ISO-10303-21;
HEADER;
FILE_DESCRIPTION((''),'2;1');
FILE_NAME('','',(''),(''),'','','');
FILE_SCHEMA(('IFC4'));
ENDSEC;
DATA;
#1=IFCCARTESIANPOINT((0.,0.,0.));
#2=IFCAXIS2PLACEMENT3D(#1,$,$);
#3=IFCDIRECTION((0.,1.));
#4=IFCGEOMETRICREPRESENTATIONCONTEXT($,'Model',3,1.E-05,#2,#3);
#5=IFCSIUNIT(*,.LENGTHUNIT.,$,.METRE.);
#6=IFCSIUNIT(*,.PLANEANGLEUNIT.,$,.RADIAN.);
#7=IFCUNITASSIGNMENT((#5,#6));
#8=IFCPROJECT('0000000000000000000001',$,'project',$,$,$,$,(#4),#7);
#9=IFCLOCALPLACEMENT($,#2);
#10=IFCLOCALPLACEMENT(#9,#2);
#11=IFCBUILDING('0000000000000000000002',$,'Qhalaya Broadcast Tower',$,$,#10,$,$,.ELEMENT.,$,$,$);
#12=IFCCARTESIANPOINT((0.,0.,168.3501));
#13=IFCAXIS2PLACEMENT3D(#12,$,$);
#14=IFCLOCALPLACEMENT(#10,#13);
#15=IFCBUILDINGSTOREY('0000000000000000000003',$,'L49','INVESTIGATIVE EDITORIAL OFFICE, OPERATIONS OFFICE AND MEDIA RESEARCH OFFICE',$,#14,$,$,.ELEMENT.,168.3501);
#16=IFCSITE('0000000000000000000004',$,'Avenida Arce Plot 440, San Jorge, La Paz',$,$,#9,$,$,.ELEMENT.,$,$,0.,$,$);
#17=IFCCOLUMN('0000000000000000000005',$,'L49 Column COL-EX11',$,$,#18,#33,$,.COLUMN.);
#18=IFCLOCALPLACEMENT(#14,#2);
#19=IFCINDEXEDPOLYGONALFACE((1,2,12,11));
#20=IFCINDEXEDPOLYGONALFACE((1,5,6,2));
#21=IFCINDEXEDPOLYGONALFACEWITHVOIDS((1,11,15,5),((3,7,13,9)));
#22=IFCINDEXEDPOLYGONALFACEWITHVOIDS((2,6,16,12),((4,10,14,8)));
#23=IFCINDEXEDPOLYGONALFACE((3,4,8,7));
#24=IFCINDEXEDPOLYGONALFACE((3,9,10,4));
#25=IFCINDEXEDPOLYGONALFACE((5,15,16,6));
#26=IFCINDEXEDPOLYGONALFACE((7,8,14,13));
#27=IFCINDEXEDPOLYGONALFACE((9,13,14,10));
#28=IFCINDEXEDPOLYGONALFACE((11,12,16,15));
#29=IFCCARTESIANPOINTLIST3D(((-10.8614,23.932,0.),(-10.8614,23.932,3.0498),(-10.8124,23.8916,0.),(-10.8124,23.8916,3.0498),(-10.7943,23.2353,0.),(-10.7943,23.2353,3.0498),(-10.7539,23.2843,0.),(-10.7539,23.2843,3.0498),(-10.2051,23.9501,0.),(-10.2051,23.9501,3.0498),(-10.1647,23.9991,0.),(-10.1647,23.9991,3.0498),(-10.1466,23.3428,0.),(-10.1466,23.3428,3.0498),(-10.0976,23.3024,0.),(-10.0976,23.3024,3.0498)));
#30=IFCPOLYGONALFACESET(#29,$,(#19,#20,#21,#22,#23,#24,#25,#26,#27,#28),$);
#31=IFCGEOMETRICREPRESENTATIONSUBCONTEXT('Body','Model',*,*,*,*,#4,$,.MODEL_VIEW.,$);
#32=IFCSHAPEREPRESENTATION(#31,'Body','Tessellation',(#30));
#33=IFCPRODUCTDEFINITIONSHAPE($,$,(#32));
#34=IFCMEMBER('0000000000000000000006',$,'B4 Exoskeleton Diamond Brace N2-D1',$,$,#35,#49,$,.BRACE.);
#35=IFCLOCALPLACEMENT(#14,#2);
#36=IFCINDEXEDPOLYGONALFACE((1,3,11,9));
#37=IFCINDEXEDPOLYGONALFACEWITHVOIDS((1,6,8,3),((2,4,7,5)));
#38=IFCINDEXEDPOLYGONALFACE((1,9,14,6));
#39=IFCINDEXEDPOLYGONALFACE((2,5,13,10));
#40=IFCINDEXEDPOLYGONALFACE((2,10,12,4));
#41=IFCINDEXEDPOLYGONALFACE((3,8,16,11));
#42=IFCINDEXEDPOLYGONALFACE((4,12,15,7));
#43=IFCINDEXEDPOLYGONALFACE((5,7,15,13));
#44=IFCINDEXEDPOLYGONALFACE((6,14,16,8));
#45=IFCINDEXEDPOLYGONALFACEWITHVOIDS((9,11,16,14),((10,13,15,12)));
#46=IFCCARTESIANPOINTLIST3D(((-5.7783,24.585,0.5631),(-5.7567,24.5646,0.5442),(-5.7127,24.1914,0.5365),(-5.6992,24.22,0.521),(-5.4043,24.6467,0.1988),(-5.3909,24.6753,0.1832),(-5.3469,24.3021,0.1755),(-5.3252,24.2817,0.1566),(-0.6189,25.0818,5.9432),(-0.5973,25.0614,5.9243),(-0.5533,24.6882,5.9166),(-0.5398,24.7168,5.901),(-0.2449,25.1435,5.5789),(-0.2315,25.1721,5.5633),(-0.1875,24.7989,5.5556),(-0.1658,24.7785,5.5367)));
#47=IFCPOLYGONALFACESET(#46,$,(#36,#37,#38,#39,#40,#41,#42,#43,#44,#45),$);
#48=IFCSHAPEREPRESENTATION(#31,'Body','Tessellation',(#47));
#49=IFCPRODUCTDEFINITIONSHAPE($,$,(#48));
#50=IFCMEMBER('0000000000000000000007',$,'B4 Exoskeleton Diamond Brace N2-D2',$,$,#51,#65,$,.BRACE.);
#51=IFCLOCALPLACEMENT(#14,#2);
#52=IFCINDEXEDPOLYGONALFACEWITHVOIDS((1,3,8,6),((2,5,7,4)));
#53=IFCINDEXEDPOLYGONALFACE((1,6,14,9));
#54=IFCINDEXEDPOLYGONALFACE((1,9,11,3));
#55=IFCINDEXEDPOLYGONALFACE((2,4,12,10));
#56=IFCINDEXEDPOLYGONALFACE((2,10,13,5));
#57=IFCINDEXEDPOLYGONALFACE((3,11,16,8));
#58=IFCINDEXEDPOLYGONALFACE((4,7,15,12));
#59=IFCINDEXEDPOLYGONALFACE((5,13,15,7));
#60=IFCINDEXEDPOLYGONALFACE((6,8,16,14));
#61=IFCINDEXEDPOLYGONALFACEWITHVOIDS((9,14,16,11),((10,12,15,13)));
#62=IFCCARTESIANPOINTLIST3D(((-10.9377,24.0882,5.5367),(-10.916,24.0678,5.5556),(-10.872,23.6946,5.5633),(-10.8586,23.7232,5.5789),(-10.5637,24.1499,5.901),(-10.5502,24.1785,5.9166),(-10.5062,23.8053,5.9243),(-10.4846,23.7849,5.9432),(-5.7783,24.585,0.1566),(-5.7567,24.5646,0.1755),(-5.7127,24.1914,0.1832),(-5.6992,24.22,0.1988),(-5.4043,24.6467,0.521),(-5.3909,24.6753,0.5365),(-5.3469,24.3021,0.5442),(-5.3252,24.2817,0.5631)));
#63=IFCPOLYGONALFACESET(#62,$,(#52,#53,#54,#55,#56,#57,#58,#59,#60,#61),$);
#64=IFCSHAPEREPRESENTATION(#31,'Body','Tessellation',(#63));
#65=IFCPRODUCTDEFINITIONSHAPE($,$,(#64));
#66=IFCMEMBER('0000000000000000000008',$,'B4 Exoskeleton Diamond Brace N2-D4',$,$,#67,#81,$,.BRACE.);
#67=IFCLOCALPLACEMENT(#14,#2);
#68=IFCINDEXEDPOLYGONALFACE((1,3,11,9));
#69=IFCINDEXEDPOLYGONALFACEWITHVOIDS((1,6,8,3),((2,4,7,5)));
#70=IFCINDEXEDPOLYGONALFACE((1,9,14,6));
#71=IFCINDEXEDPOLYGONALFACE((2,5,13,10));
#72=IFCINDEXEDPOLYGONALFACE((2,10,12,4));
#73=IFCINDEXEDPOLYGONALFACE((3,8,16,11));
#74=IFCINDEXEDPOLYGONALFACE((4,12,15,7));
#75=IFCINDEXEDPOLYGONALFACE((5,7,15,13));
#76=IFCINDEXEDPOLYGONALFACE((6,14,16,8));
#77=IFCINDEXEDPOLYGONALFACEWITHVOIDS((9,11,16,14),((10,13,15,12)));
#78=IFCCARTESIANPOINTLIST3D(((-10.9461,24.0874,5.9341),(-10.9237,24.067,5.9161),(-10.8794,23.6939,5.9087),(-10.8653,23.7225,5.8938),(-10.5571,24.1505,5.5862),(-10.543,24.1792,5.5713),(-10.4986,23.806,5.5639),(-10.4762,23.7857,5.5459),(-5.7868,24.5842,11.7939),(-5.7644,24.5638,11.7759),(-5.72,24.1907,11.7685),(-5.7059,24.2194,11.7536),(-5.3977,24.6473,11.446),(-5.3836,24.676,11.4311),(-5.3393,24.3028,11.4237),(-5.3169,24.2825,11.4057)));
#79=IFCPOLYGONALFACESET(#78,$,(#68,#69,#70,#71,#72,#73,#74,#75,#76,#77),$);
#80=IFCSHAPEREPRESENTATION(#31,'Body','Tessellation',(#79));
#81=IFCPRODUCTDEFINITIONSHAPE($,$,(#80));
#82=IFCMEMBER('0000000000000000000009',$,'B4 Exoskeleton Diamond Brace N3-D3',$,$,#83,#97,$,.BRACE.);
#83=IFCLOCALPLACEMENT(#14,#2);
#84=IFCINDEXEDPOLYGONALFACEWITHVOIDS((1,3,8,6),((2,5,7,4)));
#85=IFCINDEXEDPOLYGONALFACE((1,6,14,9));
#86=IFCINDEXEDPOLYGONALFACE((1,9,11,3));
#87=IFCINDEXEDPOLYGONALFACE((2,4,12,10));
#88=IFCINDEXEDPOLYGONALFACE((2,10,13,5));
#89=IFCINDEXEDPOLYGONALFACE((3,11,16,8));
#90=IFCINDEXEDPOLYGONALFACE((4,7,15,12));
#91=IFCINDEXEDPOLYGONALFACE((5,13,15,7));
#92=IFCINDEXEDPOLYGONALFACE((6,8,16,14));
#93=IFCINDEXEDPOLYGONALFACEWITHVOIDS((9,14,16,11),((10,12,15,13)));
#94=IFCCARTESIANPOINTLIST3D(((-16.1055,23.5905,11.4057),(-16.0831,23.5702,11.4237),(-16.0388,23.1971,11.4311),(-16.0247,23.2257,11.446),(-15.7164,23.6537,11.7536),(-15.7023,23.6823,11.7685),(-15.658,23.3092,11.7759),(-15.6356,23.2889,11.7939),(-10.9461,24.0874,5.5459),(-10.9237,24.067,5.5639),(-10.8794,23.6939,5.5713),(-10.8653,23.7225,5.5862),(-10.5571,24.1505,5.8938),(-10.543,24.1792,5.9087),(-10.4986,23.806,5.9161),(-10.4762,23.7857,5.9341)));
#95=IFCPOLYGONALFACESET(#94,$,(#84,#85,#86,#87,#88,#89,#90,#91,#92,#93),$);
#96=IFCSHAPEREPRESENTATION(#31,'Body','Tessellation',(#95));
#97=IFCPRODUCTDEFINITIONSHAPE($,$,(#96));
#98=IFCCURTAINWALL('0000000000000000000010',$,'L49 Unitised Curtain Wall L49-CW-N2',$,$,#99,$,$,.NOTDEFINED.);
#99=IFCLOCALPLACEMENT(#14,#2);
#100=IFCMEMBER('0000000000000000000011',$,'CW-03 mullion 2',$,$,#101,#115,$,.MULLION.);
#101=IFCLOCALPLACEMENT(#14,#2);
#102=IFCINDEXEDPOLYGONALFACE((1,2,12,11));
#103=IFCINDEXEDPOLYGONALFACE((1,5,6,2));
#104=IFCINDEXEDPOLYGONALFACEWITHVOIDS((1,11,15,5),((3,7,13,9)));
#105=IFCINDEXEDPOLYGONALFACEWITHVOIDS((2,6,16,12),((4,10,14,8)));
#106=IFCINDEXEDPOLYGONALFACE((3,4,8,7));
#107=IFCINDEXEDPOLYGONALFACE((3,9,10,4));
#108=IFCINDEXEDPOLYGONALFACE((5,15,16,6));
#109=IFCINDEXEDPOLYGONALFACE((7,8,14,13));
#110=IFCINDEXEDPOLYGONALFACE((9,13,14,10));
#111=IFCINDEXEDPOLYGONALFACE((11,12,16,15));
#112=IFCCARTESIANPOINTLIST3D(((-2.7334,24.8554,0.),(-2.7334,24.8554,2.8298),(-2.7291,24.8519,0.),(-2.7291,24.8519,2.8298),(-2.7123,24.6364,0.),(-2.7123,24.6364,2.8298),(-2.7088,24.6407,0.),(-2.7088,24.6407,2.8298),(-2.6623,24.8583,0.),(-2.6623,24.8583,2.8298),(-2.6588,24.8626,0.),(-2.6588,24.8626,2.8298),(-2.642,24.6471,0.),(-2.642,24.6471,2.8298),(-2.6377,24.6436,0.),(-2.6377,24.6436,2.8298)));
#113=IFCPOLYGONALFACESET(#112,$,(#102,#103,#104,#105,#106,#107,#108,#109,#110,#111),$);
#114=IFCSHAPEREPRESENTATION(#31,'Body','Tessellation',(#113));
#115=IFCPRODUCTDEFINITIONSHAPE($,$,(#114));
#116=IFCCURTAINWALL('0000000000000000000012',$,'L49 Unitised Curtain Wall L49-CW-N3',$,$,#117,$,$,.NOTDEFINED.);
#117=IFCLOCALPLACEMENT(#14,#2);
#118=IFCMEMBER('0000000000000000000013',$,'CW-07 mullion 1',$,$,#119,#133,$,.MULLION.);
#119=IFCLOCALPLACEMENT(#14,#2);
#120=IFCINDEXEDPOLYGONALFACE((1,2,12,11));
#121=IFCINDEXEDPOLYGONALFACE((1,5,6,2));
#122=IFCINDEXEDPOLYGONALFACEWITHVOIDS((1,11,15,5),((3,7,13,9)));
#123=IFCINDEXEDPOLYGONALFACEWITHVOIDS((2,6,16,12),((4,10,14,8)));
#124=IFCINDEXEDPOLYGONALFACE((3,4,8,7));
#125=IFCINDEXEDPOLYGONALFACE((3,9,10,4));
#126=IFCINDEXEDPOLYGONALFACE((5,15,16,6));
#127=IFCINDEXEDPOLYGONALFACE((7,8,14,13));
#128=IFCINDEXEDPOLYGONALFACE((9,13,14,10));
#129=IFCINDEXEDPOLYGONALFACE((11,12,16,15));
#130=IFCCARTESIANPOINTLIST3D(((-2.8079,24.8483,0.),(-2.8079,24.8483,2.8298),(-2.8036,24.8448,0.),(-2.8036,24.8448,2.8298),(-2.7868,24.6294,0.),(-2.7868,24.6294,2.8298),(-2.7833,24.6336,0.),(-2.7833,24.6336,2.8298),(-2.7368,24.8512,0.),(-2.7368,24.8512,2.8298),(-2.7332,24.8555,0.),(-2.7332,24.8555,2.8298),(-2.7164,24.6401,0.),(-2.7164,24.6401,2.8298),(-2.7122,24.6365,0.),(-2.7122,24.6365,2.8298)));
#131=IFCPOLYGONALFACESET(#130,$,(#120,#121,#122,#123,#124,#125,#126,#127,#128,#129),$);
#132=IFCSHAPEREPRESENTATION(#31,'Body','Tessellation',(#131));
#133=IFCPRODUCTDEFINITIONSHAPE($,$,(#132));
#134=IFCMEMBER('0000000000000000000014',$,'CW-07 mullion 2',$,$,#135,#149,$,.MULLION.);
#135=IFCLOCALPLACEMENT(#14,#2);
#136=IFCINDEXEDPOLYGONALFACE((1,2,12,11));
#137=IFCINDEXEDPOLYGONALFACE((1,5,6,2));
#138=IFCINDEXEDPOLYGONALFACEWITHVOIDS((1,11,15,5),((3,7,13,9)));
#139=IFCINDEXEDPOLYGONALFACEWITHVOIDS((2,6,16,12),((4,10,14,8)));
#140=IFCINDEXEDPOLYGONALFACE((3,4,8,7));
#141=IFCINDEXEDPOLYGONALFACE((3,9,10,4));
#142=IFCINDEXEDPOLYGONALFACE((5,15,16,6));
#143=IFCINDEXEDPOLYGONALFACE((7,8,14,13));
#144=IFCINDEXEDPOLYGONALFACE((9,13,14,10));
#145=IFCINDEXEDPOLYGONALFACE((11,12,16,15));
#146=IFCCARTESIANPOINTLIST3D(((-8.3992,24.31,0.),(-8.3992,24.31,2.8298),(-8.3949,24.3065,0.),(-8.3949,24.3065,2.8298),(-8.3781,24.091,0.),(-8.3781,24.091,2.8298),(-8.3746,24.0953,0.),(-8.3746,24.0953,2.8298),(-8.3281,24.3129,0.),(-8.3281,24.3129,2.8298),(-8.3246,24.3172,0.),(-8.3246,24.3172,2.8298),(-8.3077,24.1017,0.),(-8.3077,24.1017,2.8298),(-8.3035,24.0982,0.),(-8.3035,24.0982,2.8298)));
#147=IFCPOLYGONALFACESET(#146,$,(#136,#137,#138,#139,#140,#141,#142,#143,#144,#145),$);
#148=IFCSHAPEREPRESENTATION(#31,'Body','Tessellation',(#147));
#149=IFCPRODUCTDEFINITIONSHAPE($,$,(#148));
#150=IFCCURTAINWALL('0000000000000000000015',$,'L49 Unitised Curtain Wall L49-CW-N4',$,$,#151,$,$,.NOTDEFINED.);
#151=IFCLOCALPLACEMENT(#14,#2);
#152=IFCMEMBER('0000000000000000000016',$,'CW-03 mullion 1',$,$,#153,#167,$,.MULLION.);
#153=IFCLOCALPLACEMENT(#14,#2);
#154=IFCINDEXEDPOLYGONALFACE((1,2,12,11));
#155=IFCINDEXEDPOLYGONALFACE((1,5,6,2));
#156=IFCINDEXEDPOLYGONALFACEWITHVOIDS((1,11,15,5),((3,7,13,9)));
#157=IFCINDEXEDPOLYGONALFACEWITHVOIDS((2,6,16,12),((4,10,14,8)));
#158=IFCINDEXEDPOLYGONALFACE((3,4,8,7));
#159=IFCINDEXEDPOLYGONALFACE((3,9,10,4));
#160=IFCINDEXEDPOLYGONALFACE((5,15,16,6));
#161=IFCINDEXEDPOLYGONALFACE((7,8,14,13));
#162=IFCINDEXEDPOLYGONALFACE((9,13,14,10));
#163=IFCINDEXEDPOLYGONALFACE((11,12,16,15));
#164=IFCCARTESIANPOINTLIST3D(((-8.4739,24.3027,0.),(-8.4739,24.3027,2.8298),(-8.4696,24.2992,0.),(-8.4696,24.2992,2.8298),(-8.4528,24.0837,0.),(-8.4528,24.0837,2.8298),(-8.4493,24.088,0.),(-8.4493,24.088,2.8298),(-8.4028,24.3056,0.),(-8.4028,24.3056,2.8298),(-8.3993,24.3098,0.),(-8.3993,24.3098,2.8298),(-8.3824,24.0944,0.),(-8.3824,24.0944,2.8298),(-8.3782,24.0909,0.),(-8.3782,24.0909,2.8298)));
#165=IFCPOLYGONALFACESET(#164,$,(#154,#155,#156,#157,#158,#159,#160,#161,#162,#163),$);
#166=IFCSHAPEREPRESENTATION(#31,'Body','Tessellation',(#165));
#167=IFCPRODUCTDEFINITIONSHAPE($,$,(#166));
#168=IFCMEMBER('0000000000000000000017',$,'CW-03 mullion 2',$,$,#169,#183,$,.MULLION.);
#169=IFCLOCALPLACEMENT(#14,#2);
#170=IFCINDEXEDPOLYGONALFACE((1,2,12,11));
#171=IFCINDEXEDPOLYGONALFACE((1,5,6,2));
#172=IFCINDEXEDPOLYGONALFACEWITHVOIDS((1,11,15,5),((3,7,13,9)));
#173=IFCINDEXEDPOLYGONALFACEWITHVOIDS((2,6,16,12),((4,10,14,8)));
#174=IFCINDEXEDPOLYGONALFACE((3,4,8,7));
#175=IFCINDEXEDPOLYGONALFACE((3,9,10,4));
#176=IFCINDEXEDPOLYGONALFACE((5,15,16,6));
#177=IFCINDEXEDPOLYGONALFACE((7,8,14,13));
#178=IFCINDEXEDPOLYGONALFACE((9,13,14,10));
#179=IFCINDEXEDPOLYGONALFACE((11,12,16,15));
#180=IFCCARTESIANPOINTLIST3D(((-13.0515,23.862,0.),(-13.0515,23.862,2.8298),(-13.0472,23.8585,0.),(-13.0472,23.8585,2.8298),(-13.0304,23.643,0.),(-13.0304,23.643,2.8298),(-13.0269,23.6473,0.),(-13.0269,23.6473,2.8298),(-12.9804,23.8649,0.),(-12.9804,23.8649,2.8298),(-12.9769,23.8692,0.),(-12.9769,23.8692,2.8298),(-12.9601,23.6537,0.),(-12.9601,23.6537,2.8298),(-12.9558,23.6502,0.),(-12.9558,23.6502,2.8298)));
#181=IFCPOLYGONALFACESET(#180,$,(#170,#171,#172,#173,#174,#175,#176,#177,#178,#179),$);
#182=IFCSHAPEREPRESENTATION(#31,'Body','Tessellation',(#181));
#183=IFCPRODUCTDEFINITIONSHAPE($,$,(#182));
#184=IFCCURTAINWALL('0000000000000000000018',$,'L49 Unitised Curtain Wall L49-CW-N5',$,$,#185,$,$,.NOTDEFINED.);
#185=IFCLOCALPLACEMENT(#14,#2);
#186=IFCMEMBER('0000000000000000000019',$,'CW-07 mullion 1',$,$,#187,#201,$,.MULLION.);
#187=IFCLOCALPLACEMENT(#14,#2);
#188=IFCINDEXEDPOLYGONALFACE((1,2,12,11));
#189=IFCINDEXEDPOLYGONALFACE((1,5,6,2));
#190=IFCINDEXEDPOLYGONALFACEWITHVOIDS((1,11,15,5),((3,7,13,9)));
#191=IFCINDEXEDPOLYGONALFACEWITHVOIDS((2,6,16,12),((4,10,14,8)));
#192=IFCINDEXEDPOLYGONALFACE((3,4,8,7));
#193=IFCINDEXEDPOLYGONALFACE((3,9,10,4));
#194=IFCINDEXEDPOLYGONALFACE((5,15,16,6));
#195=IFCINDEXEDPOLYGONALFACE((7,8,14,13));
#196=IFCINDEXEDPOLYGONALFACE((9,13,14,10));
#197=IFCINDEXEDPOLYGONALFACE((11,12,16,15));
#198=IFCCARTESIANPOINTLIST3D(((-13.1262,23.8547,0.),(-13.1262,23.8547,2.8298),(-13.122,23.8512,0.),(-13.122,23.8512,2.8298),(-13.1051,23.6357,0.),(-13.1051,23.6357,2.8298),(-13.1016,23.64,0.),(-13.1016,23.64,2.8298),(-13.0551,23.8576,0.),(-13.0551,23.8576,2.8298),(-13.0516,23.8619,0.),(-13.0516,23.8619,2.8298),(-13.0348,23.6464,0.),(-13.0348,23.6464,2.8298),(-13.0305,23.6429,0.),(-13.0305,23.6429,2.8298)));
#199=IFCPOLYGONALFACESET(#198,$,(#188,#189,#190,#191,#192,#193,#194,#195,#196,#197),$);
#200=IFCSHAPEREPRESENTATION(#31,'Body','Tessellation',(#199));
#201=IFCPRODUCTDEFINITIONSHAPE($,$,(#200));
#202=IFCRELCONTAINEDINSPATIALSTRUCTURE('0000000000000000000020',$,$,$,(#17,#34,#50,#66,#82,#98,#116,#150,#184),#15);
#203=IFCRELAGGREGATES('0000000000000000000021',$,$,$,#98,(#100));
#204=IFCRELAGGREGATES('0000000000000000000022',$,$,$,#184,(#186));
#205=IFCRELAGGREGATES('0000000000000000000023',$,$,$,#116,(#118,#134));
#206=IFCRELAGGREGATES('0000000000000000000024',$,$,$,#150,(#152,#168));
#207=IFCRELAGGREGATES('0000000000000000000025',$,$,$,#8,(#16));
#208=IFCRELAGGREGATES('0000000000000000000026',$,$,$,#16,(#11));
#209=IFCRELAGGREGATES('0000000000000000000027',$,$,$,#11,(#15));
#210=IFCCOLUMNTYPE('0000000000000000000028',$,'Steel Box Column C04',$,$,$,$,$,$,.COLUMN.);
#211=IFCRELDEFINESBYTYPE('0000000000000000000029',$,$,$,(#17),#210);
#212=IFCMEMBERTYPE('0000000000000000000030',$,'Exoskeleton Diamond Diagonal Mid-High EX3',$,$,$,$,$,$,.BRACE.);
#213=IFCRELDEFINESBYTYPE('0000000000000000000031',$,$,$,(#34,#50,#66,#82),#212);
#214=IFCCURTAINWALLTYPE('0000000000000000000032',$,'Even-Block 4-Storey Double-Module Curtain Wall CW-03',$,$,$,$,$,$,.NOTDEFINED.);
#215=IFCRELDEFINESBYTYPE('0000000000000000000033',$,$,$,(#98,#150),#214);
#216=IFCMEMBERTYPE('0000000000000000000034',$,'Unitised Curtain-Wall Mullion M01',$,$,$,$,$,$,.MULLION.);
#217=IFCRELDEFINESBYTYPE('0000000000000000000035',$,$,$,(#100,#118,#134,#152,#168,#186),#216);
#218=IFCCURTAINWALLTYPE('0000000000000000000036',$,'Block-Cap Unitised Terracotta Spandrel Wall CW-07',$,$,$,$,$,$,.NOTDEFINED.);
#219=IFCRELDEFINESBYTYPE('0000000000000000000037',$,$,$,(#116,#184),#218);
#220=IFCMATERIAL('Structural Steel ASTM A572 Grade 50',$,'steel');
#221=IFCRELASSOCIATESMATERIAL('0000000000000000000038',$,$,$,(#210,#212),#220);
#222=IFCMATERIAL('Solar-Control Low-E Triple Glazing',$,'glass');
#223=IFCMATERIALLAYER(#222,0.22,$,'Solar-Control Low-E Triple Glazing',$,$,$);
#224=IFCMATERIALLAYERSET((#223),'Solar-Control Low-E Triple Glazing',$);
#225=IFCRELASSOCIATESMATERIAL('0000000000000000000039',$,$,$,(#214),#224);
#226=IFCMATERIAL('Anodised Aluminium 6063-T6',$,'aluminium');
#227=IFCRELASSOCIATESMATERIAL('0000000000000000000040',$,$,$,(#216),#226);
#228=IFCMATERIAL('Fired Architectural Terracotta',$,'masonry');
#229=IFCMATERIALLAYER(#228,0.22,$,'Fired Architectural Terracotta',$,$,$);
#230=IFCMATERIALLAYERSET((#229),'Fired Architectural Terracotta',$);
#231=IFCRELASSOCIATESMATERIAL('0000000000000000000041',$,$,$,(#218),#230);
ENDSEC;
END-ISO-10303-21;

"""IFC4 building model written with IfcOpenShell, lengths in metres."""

from ifc_helpers import new_model, si_unit, direction, frame, origin, origin_2d, place, context, subcontext, project, spatial, hollow_rectangle, extrude, material, layer, layer_set, material_profile, profile_set, type_object, element, aggregate, save


model = new_model("IFC4")

# Units and contexts
model_context = context("Model", 3, precision=1e-05, world=origin(), true_north=direction((0.0, 1.0)))
body_context = subcontext(model_context, "Body", "Model", "MODEL_VIEW")
ifc_project = project(units=[si_unit("LENGTHUNIT", "METRE"), si_unit("PLANEANGLEUNIT", "RADIAN")], contexts=[model_context])

# Site, building, storey
site_placement = place(None, origin())
site = spatial("IfcSite", under=ifc_project, at=site_placement, Name="Avenida Arce Plot 440, San Jorge, La Paz", CompositionType="ELEMENT", RefElevation=0.0)
building_placement = place(site_placement, origin())
building = spatial("IfcBuilding", under=site, at=building_placement, Name="Qhalaya Broadcast Tower", CompositionType="ELEMENT")
storey_placement = place(building_placement, frame((0.0, 0.0, 168.3501)))
storey = spatial("IfcBuildingStorey", under=building, at=storey_placement, Name="L49", Description="INVESTIGATIVE EDITORIAL OFFICE, OPERATIONS OFFICE AND MEDIA RESEARCH OFFICE", CompositionType="ELEMENT", Elevation=168.3501)

# Column
ifc_material_1 = material(Name="Structural Steel ASTM A572 Grade 50", Category="steel")
ifc_material_profile_1 = material_profile(ifc_material_1, hollow_rectangle(XDim=0.7, YDim=0.7, WallThickness=0.0449, at=origin_2d()), Name="BOX 700x700x45")
ifc_profile_set_1 = profile_set([ifc_material_profile_1], Name="Structural Steel ASTM A572 Grade 50")
column_type = type_object("IfcColumnType", Name="Steel Box Column C04", PredefinedType="COLUMN", material=ifc_profile_set_1)
column_placement = place(storey_placement, frame((-10.4795, 23.6172, 0.0), z_axis=(0.0, 0.0, 1.0), x_axis=(0.995396, 0.095846, 0.0)))
element("IfcColumn", 1, at=column_placement, inside=storey, type_object=column_type, Name="L49 Column COL-EX11", PredefinedType="COLUMN", context=body_context, shape_type="SweptSolid", body=[
    extrude(hollow_rectangle(XDim=0.7, YDim=0.7, WallThickness=0.0449, at=origin_2d()), origin(), (0.0, 0.0, 1.0), 3.0498),
])

# Members
ifc_material_profile_2 = material_profile(ifc_material_1, hollow_rectangle(XDim=0.3999, YDim=0.55, WallThickness=0.0249, at=origin_2d()), Name="BOX 400x550x25")
ifc_profile_set_2 = profile_set([ifc_material_profile_2], Name="Structural Steel ASTM A572 Grade 50")
member_type_1 = type_object("IfcMemberType", Name="Exoskeleton Diamond Diagonal Mid-High EX3", PredefinedType="BRACE", material=ifc_profile_set_2)
for number, where, z_axis, x_axis, name in (
    (2, (-5.5518, 24.4333, 0.3599), (0.690616, 0.066503, 0.720158), (-0.164117, 0.984197, 0.066499), "B4 Exoskeleton Diamond Brace N2-D1"),
    (3, (-5.5518, 24.4333, 0.3599), (-0.690616, -0.066503, 0.720158), (0.164117, -0.984197, 0.066499), "B4 Exoskeleton Diamond Brace N2-D2"),
):
    element("IfcMember", number, at=place(storey_placement, frame(where, z_axis=z_axis, x_axis=x_axis)), inside=storey, type_object=member_type_1, Name=name, PredefinedType="BRACE", context=body_context, shape_type="SweptSolid", body=[
        extrude(hollow_rectangle(XDim=0.3999, YDim=0.55, WallThickness=0.0249, at=origin_2d()), origin(), (0.0, 0.0, 1.0), 7.4707),
    ])
for number, where, z_axis, x_axis, name in (
    (4, (-10.7112, 23.9365, 5.74), (0.659492, 0.063506, 0.749024), (-0.16687, 0.983932, 0.063502), "B4 Exoskeleton Diamond Brace N2-D4"),
    (5, (-10.7112, 23.9365, 5.74), (-0.659492, -0.063506, 0.749024), (0.16687, -0.983932, 0.063502), "B4 Exoskeleton Diamond Brace N3-D3"),
):
    element("IfcMember", number, at=place(storey_placement, frame(where, z_axis=z_axis, x_axis=x_axis)), inside=storey, type_object=member_type_1, Name=name, PredefinedType="BRACE", context=body_context, shape_type="SweptSolid", body=[
        extrude(hollow_rectangle(XDim=0.3999, YDim=0.55, WallThickness=0.0249, at=origin_2d()), origin(), (0.0, 0.0, 1.0), 7.8232),
    ])

# Curtain wall, member
ifc_material_2 = material(Name="Solar-Control Low-E Triple Glazing", Category="glass")
ifc_layer_1 = layer(ifc_material_2, 0.22, Name="Solar-Control Low-E Triple Glazing")
ifc_layer_set_1 = layer_set([ifc_layer_1], Name="Solar-Control Low-E Triple Glazing")
curtain_wall_type_1 = type_object("IfcCurtainWallType", Name="Even-Block 4-Storey Double-Module Curtain Wall CW-03", PredefinedType="NOTDEFINED", material=ifc_layer_set_1)
curtain_wall_1_placement = place(storey_placement, origin())
curtain_wall_1 = element("IfcCurtainWall", 6, at=curtain_wall_1_placement, inside=storey, type_object=curtain_wall_type_1, Name="L49 Unitised Curtain Wall L49-CW-N2", PredefinedType="NOTDEFINED")
ifc_material_3 = material(Name="Anodised Aluminium 6063-T6", Category="aluminium")
ifc_material_profile_3 = material_profile(ifc_material_3, hollow_rectangle(XDim=0.075, YDim=0.22, WallThickness=0.0039, at=origin_2d()), Name="ALU-MUL 75x220x4")
ifc_profile_set_3 = profile_set([ifc_material_profile_3], Name="Anodised Aluminium 6063-T6")
member_type_2 = type_object("IfcMemberType", Name="Unitised Curtain-Wall Mullion M01", PredefinedType="MULLION", material=ifc_profile_set_3)
member_1_placement = place(storey_placement, frame((-2.6855, 24.7495, 0.0), z_axis=(0.0, 0.0, 1.0), x_axis=(-0.995396, -0.095849, 0.0)))
member_1 = element("IfcMember", 7, at=member_1_placement, type_object=member_type_2, Name="CW-03 mullion 2", PredefinedType="MULLION", context=body_context, shape_type="SweptSolid", body=[
    extrude(hollow_rectangle(XDim=0.075, YDim=0.22, WallThickness=0.0039, at=origin_2d()), origin(), (0.0, 0.0, 1.0), 2.8298),
])
aggregate(curtain_wall_1, [member_1])

# Curtain walls, members
ifc_material_4 = material(Name="Fired Architectural Terracotta", Category="masonry")
ifc_layer_2 = layer(ifc_material_4, 0.22, Name="Fired Architectural Terracotta")
ifc_layer_set_2 = layer_set([ifc_layer_2], Name="Fired Architectural Terracotta")
curtain_wall_type_2 = type_object("IfcCurtainWallType", Name="Block-Cap Unitised Terracotta Spandrel Wall CW-07", PredefinedType="NOTDEFINED", material=ifc_layer_set_2)
curtain_wall_2_placement = place(storey_placement, origin())
curtain_wall_2 = element("IfcCurtainWall", 8, at=curtain_wall_2_placement, inside=storey, type_object=curtain_wall_type_2, Name="L49 Unitised Curtain Wall L49-CW-N3", PredefinedType="NOTDEFINED")
member_2_placement = place(storey_placement, frame((-2.76, 24.7424, 0.0), z_axis=(0.0, 0.0, 1.0), x_axis=(-0.995395, -0.095854, 0.0)))
member_2 = element("IfcMember", 9, at=member_2_placement, type_object=member_type_2, Name="CW-07 mullion 1", PredefinedType="MULLION", context=body_context, shape_type="SweptSolid", body=[
    extrude(hollow_rectangle(XDim=0.075, YDim=0.22, WallThickness=0.0039, at=origin_2d()), origin(), (0.0, 0.0, 1.0), 2.8298),
])
member_3_placement = place(storey_placement, frame((-8.3513, 24.2041, 0.0), z_axis=(0.0, 0.0, 1.0), x_axis=(-0.995395, -0.095854, 0.0)))
member_3 = element("IfcMember", 10, at=member_3_placement, type_object=member_type_2, Name="CW-07 mullion 2", PredefinedType="MULLION", context=body_context, shape_type="SweptSolid", body=[
    extrude(hollow_rectangle(XDim=0.075, YDim=0.22, WallThickness=0.0039, at=origin_2d()), origin(), (0.0, 0.0, 1.0), 2.8298),
])
curtain_wall_3_placement = place(storey_placement, origin())
curtain_wall_3 = element("IfcCurtainWall", 11, at=curtain_wall_3_placement, inside=storey, type_object=curtain_wall_type_1, Name="L49 Unitised Curtain Wall L49-CW-N4", PredefinedType="NOTDEFINED")
member_4_placement = place(storey_placement, frame((-8.426, 24.1968, 0.0), z_axis=(0.0, 0.0, 1.0), x_axis=(-0.995396, -0.095851, 0.0)))
member_4 = element("IfcMember", 12, at=member_4_placement, type_object=member_type_2, Name="CW-03 mullion 1", PredefinedType="MULLION", context=body_context, shape_type="SweptSolid", body=[
    extrude(hollow_rectangle(XDim=0.075, YDim=0.22, WallThickness=0.0039, at=origin_2d()), origin(), (0.0, 0.0, 1.0), 2.8298),
])
member_5_placement = place(storey_placement, frame((-13.0037, 23.7561, 0.0), z_axis=(0.0, 0.0, 1.0), x_axis=(-0.995396, -0.095851, 0.0)))
member_5 = element("IfcMember", 13, at=member_5_placement, type_object=member_type_2, Name="CW-03 mullion 2", PredefinedType="MULLION", context=body_context, shape_type="SweptSolid", body=[
    extrude(hollow_rectangle(XDim=0.075, YDim=0.22, WallThickness=0.0039, at=origin_2d()), origin(), (0.0, 0.0, 1.0), 2.8298),
])

# Curtain wall, member
curtain_wall_4_placement = place(storey_placement, origin())
curtain_wall_4 = element("IfcCurtainWall", 14, at=curtain_wall_4_placement, inside=storey, type_object=curtain_wall_type_2, Name="L49 Unitised Curtain Wall L49-CW-N5", PredefinedType="NOTDEFINED")
member_6_placement = place(storey_placement, frame((-13.0784, 23.7488, 0.0), z_axis=(0.0, 0.0, 1.0), x_axis=(-0.995397, -0.095841, 0.0)))
member_6 = element("IfcMember", 15, at=member_6_placement, type_object=member_type_2, Name="CW-07 mullion 1", PredefinedType="MULLION", context=body_context, shape_type="SweptSolid", body=[
    extrude(hollow_rectangle(XDim=0.075, YDim=0.22, WallThickness=0.0039, at=origin_2d()), origin(), (0.0, 0.0, 1.0), 2.8298),
])

aggregate(curtain_wall_4, [member_6])

aggregate(curtain_wall_2, [member_2, member_3])
aggregate(curtain_wall_3, [member_4, member_5])

save(model, "model.ifc")
